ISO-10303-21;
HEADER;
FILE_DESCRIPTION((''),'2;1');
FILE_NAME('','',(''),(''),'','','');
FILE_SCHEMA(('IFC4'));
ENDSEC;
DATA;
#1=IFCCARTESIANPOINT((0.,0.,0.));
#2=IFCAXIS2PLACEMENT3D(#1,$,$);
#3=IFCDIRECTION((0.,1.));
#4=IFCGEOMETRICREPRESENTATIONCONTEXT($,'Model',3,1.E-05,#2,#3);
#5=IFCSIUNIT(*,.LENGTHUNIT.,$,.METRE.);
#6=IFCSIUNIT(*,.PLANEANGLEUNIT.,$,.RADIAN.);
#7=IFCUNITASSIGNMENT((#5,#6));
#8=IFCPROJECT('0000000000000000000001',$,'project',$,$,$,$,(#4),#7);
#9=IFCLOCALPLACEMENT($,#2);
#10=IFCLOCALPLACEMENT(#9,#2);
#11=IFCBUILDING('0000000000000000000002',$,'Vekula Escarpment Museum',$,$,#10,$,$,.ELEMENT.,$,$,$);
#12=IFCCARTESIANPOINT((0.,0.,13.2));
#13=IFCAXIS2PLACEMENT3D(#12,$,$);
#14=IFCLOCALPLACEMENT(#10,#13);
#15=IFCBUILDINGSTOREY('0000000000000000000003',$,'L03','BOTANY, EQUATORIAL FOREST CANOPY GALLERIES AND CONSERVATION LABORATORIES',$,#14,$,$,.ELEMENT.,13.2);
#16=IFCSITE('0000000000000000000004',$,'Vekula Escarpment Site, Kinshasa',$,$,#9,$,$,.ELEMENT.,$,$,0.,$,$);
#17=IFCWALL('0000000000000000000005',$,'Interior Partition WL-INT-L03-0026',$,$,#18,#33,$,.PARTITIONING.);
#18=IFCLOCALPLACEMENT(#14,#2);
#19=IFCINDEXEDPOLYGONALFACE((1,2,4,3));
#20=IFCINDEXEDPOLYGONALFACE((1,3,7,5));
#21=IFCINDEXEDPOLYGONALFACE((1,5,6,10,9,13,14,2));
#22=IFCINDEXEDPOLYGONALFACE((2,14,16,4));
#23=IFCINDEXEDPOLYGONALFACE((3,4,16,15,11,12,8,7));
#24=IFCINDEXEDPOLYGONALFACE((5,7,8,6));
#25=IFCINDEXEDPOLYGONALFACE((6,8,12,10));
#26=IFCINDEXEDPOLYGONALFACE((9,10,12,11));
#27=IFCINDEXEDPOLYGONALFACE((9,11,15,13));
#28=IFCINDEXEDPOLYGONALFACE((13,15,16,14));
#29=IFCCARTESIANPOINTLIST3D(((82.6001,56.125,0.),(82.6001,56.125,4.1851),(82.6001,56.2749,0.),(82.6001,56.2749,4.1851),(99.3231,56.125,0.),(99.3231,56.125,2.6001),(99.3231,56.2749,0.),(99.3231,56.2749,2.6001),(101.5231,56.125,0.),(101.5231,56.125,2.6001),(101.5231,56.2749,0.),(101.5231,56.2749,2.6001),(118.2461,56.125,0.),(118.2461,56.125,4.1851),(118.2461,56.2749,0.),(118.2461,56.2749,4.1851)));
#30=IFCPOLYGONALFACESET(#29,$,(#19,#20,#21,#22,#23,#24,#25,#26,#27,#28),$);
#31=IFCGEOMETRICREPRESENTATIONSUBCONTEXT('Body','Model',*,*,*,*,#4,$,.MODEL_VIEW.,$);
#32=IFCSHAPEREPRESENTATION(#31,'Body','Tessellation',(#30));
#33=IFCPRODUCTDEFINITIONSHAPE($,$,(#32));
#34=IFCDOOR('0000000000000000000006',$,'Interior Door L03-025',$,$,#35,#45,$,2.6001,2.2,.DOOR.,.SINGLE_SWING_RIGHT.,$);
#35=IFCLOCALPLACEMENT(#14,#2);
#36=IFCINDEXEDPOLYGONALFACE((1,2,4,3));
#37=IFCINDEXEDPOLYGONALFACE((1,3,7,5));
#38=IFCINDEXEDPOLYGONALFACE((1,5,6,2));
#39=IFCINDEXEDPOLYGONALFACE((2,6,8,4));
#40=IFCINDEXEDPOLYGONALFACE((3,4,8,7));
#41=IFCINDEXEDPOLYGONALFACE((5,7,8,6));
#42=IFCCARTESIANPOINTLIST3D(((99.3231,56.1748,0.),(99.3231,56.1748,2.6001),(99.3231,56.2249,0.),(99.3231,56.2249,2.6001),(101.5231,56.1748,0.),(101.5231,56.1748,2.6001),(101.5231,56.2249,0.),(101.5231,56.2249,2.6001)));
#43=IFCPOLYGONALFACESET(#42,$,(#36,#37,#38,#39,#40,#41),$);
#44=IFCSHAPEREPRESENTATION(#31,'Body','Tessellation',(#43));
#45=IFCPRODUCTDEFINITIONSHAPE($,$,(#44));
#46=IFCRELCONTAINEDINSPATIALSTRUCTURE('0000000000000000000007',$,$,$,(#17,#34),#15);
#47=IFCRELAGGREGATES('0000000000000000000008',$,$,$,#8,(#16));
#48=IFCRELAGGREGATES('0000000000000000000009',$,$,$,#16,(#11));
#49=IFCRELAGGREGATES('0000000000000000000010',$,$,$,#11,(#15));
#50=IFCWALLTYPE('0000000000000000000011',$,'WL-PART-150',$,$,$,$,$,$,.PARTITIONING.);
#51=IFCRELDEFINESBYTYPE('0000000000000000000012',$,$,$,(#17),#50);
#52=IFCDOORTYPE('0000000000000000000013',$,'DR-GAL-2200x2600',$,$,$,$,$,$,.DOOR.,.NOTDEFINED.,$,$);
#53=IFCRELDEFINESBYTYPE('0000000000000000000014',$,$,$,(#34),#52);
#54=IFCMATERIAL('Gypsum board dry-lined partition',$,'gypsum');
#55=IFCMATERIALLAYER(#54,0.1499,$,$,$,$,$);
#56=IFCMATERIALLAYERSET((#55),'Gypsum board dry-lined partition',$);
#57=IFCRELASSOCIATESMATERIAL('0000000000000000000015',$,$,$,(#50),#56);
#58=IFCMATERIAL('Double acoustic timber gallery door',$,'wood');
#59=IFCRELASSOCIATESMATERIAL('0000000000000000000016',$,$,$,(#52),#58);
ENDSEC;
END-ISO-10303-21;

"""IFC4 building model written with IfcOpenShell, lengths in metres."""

from ifc_helpers import new_model, si_unit, direction, frame, frame_2d, origin, place, context, subcontext, project, spatial, rectangle, extrude, material, layer, layer_set, type_object, element, fill, save


model = new_model("IFC4")

# Units and contexts
model_context = context("Model", 3, precision=1e-05, world=origin(), true_north=direction((0.0, 1.0)))
body_context = subcontext(model_context, "Body", "Model", "MODEL_VIEW")
ifc_project = project(units=[si_unit("LENGTHUNIT", "METRE"), si_unit("PLANEANGLEUNIT", "RADIAN")], contexts=[model_context])

# Site, building, storey
site_placement = place(None, origin())
site = spatial("IfcSite", under=ifc_project, at=site_placement, Name="Vekula Escarpment Site, Kinshasa", CompositionType="ELEMENT", RefElevation=0.0)
building_placement = place(site_placement, origin())
building = spatial("IfcBuilding", under=site, at=building_placement, Name="Vekula Escarpment Museum", CompositionType="ELEMENT")
storey_placement = place(building_placement, frame((0.0, 0.0, 13.2)))
storey = spatial("IfcBuildingStorey", under=building, at=storey_placement, Name="L03", Description="BOTANY, EQUATORIAL FOREST CANOPY GALLERIES AND CONSERVATION LABORATORIES", CompositionType="ELEMENT", Elevation=13.2)

# Wall, opening, door
ifc_material_1 = material(Name="Gypsum board dry-lined partition", Category="gypsum")
ifc_layer = layer(ifc_material_1, 0.1499)
ifc_layer_set = layer_set([ifc_layer], Name="Gypsum board dry-lined partition")
wall_type = type_object("IfcWallType", Name="WL-PART-150", PredefinedType="PARTITIONING", material=ifc_layer_set)
wall_placement = place(storey_placement, frame((82.6001, 56.2, 0.0), z_axis=(0.0, 0.0, 1.0), x_axis=(1.0, 0.0, 0.0)))
wall = element("IfcWall", 1, at=wall_placement, inside=storey, type_object=wall_type, Name="Interior Partition WL-INT-L03-0026", PredefinedType="PARTITIONING", context=body_context, shape_type="SweptSolid", body=[
    extrude(rectangle(XDim=35.646, YDim=0.1499, at=frame_2d((17.823, 0.0))), origin(), (0.0, 0.0, 1.0), 4.1851),
])
opening_placement = place(wall_placement, frame((16.7229, 0.0, 0.0)))
opening = element("IfcOpeningElement", 2, at=opening_placement, cuts=wall, PredefinedType="OPENING", context=body_context, shape_type="SweptSolid", body=[
    extrude(rectangle(XDim=2.2, YDim=2.6001, at=frame_2d((1.1001, 1.3))), frame((0.0, 0.085, 0.0), z_axis=(0.0, -1.0, 0.0), x_axis=(1.0, 0.0, 0.0)), (0.0, 0.0, 1.0), 0.1699),
])
ifc_material_2 = material(Name="Double acoustic timber gallery door", Category="wood")
door_type = type_object("IfcDoorType", Name="DR-GAL-2200x2600", OperationType="NOTDEFINED", PredefinedType="DOOR", material=ifc_material_2)
door_placement = place(opening_placement, origin())
door = element("IfcDoor", 3, at=door_placement, inside=storey, type_object=door_type, Name="Interior Door L03-025", OperationType="SINGLE_SWING_RIGHT", OverallHeight=2.6001, OverallWidth=2.2, PredefinedType="DOOR", context=body_context, shape_type="SweptSolid", body=[
    extrude(rectangle(XDim=2.2, YDim=2.6001, at=frame_2d((1.1001, 1.3))), frame((0.0, 0.0249, 0.0), z_axis=(0.0, -1.0, 0.0), x_axis=(1.0, 0.0, 0.0)), (0.0, 0.0, 1.0), 0.05),
])
fill(opening, door)

save(model, "model.ifc")
